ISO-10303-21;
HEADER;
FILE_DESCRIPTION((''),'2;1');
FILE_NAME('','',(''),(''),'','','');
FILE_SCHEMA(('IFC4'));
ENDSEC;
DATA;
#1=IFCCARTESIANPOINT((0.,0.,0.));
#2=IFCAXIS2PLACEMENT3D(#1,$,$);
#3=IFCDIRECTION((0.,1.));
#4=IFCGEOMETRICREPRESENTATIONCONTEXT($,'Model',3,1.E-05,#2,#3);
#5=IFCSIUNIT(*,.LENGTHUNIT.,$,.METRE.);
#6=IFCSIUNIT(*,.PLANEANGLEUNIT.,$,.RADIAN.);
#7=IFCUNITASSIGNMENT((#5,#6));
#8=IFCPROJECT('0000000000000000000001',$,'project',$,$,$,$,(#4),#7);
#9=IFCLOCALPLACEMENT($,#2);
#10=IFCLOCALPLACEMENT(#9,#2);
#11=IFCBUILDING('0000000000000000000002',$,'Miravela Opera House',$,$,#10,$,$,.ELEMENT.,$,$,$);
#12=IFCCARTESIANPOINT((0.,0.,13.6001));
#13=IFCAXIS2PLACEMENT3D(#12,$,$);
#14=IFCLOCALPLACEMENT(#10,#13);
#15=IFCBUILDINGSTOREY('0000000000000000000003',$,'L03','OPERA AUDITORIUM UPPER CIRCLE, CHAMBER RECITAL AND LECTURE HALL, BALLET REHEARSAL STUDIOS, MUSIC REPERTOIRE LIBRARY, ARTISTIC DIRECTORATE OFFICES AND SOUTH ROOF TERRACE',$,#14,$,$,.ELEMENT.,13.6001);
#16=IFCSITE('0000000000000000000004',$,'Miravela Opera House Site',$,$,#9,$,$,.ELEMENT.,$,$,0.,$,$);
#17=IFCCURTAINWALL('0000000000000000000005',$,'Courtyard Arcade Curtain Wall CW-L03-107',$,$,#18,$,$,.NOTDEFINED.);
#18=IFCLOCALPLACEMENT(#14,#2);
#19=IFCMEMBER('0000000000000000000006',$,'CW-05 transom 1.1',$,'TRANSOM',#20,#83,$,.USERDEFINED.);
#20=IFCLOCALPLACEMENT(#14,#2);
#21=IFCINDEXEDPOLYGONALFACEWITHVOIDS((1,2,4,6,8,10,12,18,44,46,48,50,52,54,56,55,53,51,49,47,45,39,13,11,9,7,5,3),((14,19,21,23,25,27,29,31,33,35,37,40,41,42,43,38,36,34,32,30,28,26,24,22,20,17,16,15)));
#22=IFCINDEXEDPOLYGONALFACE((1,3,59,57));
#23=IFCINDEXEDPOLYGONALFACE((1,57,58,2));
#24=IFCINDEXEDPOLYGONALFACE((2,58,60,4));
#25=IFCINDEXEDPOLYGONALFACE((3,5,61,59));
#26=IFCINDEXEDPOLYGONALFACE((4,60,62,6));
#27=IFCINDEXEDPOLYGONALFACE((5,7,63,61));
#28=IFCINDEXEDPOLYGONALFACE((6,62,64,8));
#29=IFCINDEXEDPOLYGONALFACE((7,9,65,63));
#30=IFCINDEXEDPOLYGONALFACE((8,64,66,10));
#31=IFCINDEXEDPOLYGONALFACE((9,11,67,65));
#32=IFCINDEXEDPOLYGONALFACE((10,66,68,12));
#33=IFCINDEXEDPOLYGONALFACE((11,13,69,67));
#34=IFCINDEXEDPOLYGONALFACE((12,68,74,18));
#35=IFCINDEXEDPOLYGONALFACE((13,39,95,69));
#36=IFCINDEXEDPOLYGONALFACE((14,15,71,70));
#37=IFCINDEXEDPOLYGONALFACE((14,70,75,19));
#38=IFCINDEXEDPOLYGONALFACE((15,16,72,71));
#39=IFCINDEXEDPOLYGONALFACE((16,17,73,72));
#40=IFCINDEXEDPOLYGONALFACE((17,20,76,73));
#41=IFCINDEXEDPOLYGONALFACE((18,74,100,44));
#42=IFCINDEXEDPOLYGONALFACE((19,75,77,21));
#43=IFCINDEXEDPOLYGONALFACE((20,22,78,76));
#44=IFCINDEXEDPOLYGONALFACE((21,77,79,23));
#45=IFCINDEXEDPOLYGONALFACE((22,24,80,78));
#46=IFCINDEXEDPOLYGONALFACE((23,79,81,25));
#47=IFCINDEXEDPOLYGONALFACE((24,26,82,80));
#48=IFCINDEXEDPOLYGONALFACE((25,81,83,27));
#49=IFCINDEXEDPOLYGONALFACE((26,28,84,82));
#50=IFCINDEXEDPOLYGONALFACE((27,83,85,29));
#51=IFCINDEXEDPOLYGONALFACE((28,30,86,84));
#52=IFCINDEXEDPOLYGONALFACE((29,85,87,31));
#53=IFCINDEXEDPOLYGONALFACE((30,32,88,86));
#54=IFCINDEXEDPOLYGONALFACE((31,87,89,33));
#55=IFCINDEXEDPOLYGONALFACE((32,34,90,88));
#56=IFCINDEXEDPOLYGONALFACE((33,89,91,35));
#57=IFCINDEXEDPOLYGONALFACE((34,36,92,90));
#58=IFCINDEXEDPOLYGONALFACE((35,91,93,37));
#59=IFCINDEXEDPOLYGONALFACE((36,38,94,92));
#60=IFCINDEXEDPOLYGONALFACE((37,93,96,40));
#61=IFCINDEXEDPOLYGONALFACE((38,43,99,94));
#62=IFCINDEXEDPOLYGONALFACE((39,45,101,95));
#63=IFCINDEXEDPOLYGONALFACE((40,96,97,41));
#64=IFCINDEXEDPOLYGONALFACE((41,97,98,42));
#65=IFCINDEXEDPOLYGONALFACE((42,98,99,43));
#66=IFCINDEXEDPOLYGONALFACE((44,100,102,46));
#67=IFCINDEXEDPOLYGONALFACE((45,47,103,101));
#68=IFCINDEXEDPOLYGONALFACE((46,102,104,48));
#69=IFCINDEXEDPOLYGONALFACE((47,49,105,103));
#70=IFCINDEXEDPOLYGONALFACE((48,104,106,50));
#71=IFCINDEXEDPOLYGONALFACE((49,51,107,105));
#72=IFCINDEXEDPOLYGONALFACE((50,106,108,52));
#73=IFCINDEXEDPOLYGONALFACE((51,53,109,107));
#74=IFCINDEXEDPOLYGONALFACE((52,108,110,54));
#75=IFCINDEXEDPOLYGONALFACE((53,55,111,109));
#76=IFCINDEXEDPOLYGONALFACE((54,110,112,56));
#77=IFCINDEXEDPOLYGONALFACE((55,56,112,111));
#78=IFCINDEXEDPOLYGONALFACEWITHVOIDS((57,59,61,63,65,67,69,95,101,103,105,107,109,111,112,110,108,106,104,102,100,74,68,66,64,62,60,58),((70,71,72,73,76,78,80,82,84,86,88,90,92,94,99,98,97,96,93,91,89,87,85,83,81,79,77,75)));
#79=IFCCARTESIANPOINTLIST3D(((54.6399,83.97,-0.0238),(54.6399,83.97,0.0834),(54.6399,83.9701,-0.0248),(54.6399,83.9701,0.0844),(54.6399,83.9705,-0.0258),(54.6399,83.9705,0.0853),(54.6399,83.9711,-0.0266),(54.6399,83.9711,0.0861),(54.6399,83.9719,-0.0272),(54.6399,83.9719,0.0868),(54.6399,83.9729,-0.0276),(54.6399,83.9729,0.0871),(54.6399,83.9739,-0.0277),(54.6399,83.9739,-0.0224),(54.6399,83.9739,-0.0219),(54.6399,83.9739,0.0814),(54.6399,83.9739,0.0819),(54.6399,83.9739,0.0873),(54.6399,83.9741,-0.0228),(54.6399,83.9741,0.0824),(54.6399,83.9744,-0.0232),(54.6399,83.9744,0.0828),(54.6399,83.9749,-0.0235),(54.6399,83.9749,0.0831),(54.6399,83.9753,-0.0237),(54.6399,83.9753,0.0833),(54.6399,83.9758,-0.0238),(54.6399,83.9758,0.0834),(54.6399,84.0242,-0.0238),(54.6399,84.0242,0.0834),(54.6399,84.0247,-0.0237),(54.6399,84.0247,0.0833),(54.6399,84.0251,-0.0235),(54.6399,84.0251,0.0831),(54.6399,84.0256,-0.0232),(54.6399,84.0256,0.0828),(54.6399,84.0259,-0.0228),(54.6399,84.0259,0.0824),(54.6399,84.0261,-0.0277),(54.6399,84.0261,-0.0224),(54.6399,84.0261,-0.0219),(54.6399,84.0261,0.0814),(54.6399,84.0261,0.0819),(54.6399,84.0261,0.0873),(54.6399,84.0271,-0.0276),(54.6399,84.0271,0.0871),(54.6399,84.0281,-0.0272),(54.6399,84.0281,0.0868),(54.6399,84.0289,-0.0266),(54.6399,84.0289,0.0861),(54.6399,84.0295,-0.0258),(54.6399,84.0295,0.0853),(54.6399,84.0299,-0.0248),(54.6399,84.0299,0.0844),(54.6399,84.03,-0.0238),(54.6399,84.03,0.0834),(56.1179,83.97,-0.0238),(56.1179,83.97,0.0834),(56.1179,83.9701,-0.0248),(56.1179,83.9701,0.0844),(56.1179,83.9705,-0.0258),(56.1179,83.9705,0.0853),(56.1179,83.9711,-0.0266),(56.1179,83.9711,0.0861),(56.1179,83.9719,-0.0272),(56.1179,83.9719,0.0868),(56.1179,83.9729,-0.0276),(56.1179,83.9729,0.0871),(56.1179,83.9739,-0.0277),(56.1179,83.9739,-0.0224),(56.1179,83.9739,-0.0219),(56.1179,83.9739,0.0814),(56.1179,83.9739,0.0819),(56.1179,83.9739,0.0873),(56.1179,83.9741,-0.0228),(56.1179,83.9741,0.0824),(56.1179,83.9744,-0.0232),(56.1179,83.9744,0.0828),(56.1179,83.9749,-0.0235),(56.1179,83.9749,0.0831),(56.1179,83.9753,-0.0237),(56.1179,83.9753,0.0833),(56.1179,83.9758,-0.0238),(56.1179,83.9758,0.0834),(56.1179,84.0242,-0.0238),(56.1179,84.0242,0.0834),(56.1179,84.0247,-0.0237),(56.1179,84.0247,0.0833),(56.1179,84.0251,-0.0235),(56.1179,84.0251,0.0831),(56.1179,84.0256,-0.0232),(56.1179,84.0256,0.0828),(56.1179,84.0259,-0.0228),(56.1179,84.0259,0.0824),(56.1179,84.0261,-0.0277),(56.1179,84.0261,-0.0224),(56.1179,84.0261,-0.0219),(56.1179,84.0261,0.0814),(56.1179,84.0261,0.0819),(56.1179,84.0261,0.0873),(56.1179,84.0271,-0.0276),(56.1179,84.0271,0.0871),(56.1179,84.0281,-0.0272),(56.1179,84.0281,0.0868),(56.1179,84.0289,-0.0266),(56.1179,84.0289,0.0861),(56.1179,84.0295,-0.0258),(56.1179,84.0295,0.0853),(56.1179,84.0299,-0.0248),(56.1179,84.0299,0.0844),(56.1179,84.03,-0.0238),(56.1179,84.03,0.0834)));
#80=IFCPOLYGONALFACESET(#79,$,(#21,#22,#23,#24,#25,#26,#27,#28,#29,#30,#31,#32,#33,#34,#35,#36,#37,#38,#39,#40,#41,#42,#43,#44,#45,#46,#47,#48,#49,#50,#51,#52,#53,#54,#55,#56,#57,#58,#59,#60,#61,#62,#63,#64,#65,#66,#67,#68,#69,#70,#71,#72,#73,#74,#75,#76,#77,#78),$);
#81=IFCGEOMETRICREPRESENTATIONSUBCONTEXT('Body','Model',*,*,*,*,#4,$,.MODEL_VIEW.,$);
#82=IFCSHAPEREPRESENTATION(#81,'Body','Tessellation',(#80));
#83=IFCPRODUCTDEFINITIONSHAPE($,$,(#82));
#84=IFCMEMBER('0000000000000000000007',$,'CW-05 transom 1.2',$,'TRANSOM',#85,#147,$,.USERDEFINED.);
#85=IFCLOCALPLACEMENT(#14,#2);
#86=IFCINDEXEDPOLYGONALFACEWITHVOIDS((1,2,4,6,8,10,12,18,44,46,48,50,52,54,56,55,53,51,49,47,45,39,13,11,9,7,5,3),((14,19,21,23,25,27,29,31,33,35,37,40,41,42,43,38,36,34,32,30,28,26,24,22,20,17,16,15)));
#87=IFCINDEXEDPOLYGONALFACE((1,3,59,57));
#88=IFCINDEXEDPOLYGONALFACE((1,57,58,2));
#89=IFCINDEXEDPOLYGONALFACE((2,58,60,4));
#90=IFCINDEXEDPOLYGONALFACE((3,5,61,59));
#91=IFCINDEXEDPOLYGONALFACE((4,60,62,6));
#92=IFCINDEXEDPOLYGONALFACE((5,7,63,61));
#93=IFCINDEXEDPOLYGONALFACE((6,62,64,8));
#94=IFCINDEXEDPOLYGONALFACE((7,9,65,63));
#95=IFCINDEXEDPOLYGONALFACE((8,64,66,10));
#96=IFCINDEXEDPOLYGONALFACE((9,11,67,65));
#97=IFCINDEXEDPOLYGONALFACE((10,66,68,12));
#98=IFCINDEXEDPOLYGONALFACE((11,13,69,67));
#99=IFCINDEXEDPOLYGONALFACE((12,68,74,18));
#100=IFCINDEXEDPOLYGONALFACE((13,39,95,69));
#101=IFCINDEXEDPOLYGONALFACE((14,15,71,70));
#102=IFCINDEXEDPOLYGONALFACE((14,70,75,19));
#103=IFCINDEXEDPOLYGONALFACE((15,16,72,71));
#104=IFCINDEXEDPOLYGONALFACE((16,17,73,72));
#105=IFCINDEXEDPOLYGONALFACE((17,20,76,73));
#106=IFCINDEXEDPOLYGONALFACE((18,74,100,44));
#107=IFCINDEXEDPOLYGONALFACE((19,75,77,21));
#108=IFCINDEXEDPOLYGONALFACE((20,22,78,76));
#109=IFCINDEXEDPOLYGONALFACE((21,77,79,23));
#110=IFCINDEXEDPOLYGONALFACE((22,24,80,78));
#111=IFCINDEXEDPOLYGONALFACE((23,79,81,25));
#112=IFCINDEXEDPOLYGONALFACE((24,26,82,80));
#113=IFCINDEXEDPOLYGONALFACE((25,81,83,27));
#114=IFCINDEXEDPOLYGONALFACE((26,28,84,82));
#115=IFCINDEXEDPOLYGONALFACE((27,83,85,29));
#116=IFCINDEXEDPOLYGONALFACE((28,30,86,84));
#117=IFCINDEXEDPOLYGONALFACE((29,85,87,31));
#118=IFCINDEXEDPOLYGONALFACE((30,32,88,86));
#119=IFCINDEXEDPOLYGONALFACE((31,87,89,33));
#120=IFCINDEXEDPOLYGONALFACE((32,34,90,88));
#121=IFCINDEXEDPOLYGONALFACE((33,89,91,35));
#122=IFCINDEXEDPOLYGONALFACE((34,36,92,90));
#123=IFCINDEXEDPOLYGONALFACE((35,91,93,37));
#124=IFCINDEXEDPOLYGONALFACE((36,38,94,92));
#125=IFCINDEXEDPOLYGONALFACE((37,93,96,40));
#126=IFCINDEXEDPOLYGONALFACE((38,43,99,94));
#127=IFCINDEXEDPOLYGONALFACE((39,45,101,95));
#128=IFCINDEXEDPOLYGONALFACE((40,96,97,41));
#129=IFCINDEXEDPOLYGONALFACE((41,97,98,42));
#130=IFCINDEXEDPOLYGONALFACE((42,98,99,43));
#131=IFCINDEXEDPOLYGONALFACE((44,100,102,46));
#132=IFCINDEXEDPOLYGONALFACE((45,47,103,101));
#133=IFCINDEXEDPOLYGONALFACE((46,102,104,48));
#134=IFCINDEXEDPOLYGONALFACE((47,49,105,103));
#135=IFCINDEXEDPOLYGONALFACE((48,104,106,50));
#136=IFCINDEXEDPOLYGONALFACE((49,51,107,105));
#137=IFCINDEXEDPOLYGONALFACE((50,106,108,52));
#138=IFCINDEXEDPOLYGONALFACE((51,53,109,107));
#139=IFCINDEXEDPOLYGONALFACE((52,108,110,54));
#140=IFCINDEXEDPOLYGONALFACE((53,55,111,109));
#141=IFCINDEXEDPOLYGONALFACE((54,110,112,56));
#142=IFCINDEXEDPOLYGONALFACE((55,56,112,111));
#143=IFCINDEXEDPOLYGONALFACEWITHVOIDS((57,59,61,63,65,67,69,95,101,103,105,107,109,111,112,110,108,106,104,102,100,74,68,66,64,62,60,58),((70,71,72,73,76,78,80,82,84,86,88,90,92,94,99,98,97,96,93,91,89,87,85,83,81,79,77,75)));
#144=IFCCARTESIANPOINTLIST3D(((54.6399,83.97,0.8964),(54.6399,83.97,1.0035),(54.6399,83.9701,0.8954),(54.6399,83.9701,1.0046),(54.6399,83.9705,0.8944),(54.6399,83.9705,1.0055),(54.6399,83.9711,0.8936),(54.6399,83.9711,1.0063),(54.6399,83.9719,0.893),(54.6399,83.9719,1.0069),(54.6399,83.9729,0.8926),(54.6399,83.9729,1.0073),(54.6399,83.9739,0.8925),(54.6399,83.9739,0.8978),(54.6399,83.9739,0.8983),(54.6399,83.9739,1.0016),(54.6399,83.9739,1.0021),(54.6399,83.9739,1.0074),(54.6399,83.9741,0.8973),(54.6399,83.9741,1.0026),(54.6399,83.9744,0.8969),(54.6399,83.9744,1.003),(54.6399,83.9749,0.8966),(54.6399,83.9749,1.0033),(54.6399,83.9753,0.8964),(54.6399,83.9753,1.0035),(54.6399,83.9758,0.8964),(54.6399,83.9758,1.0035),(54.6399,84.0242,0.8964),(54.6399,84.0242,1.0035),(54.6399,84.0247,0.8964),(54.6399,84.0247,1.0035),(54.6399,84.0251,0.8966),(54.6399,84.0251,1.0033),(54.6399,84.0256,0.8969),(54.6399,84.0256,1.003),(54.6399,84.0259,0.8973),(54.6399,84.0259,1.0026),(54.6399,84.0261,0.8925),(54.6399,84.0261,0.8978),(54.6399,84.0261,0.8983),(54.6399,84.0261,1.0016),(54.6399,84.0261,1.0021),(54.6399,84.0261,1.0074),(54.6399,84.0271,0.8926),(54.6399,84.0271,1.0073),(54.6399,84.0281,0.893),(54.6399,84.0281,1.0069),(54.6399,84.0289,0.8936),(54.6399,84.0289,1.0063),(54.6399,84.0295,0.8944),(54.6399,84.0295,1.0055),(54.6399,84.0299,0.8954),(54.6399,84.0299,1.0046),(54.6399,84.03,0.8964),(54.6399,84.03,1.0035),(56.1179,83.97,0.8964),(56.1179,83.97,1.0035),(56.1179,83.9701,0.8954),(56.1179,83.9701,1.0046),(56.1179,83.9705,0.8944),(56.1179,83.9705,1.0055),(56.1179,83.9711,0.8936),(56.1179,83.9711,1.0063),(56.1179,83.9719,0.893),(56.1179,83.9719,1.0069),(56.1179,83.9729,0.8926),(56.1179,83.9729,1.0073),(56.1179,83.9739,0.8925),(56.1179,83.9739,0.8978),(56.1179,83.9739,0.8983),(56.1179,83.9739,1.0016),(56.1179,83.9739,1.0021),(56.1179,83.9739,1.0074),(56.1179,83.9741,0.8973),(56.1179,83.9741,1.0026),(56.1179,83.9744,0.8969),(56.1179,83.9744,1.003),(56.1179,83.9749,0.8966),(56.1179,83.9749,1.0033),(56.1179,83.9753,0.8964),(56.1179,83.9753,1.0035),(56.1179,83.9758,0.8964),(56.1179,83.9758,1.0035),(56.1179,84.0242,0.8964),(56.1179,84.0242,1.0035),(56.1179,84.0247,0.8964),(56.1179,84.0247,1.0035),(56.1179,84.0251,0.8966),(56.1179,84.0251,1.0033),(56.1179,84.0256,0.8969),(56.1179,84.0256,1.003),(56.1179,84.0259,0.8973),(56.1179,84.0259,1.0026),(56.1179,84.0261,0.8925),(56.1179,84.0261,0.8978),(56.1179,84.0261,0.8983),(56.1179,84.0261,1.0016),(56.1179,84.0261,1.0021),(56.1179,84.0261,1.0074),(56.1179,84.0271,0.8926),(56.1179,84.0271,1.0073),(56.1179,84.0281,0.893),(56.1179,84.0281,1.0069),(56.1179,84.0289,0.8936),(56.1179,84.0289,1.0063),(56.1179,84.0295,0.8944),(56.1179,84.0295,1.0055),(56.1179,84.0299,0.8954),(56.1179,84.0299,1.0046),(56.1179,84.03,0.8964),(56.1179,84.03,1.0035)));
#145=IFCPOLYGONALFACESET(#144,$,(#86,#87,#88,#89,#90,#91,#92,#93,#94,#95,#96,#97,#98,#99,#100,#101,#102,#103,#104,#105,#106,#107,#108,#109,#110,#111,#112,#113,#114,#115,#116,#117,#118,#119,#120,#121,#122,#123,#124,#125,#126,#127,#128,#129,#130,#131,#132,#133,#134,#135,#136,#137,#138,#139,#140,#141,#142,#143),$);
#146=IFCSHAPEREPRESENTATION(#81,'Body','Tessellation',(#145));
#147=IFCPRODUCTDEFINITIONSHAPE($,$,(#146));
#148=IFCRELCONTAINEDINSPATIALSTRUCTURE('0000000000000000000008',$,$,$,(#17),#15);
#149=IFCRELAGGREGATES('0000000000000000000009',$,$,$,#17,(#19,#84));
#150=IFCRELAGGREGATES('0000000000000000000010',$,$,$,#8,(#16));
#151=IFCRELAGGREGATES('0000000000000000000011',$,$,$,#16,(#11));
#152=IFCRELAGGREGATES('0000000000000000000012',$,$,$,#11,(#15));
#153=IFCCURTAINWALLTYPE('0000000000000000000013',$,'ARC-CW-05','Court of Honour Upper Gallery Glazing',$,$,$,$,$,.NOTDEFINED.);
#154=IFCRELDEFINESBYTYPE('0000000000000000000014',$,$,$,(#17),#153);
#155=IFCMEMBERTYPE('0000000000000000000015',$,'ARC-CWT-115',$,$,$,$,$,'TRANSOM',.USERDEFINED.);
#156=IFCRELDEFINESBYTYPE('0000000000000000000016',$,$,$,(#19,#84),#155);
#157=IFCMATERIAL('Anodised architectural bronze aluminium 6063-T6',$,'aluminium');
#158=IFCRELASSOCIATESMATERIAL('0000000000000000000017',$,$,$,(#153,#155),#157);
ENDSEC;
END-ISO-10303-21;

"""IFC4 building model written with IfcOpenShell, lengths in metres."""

from ifc_helpers import new_model, si_unit, direction, frame, origin, origin_2d, place, context, subcontext, project, spatial, hollow_rectangle, extrude, material, material_profile, profile_set, type_object, element, aggregate, save


model = new_model("IFC4")

# Units and contexts
model_context = context("Model", 3, precision=1e-05, world=origin(), true_north=direction((0.0, 1.0)))
body_context = subcontext(model_context, "Body", "Model", "MODEL_VIEW")
ifc_project = project(units=[si_unit("LENGTHUNIT", "METRE"), si_unit("PLANEANGLEUNIT", "RADIAN")], contexts=[model_context])

# Site, building, storey
site_placement = place(None, origin())
site = spatial("IfcSite", under=ifc_project, at=site_placement, Name="Miravela Opera House Site", CompositionType="ELEMENT", RefElevation=0.0)
building_placement = place(site_placement, origin())
building = spatial("IfcBuilding", under=site, at=building_placement, Name="Miravela Opera House", CompositionType="ELEMENT")
storey_placement = place(building_placement, frame((0.0, 0.0, 13.6001)))
storey = spatial("IfcBuildingStorey", under=building, at=storey_placement, Name="L03", Description="OPERA AUDITORIUM UPPER CIRCLE, CHAMBER RECITAL AND LECTURE HALL, BALLET REHEARSAL STUDIOS, MUSIC REPERTOIRE LIBRARY, ARTISTIC DIRECTORATE OFFICES AND SOUTH ROOF TERRACE", CompositionType="ELEMENT", Elevation=13.6001)

# Curtain wall
ifc_material_1 = material(Name="Anodised architectural bronze aluminium 6063-T6", Category="aluminium")
curtain_wall_type = type_object("IfcCurtainWallType", Name="ARC-CW-05", Description="Court of Honour Upper Gallery Glazing", PredefinedType="NOTDEFINED", material=ifc_material_1)
curtain_wall_1_placement = place(storey_placement, origin())
curtain_wall_1 = element("IfcCurtainWall", 1, at=curtain_wall_1_placement, inside=storey, type_object=curtain_wall_type, Name="Courtyard Arcade Curtain Wall CW-L03-107", PredefinedType="NOTDEFINED")

# Members
ifc_material_profile_1 = material_profile(ifc_material_1, hollow_rectangle(XDim=0.0601, YDim=0.115, WallThickness=0.0039, InnerFilletRadius=0.002, OuterFilletRadius=0.0039, at=origin_2d()), Name="CWT-60X115")
ifc_profile_set_1 = profile_set([ifc_material_profile_1])
member_type_1 = type_object("IfcMemberType", Name="ARC-CWT-115", ElementType="TRANSOM", PredefinedType="USERDEFINED", material=ifc_profile_set_1)
member_1_placement = place(storey_placement, frame((54.6399, 84.0, 0.0298), z_axis=(1.0, 0.0, 0.0), x_axis=(0.0, 1.0, 0.0)))
member_1 = element("IfcMember", 2, at=member_1_placement, type_object=member_type_1, Name="CW-05 transom 1.1", ObjectType="TRANSOM", PredefinedType="USERDEFINED", context=body_context, shape_type="SweptSolid", body=[
    extrude(hollow_rectangle(XDim=0.0601, YDim=0.115, WallThickness=0.0039, InnerFilletRadius=0.002, OuterFilletRadius=0.0039, at=origin_2d()), origin(), (0.0, 0.0, 1.0), 1.478),
])
member_2_placement = place(storey_placement, frame((54.6399, 84.0, 0.95), z_axis=(1.0, 0.0, 0.0), x_axis=(0.0, 1.0, 0.0)))
member_2 = element("IfcMember", 3, at=member_2_placement, type_object=member_type_1, Name="CW-05 transom 1.2", ObjectType="TRANSOM", PredefinedType="USERDEFINED", context=body_context, shape_type="SweptSolid", body=[
    extrude(hollow_rectangle(XDim=0.0601, YDim=0.115, WallThickness=0.0039, InnerFilletRadius=0.002, OuterFilletRadius=0.0039, at=origin_2d()), origin(), (0.0, 0.0, 1.0), 1.478),
])

aggregate(curtain_wall_1, [member_1, member_2])

save(model, "model.ifc")
